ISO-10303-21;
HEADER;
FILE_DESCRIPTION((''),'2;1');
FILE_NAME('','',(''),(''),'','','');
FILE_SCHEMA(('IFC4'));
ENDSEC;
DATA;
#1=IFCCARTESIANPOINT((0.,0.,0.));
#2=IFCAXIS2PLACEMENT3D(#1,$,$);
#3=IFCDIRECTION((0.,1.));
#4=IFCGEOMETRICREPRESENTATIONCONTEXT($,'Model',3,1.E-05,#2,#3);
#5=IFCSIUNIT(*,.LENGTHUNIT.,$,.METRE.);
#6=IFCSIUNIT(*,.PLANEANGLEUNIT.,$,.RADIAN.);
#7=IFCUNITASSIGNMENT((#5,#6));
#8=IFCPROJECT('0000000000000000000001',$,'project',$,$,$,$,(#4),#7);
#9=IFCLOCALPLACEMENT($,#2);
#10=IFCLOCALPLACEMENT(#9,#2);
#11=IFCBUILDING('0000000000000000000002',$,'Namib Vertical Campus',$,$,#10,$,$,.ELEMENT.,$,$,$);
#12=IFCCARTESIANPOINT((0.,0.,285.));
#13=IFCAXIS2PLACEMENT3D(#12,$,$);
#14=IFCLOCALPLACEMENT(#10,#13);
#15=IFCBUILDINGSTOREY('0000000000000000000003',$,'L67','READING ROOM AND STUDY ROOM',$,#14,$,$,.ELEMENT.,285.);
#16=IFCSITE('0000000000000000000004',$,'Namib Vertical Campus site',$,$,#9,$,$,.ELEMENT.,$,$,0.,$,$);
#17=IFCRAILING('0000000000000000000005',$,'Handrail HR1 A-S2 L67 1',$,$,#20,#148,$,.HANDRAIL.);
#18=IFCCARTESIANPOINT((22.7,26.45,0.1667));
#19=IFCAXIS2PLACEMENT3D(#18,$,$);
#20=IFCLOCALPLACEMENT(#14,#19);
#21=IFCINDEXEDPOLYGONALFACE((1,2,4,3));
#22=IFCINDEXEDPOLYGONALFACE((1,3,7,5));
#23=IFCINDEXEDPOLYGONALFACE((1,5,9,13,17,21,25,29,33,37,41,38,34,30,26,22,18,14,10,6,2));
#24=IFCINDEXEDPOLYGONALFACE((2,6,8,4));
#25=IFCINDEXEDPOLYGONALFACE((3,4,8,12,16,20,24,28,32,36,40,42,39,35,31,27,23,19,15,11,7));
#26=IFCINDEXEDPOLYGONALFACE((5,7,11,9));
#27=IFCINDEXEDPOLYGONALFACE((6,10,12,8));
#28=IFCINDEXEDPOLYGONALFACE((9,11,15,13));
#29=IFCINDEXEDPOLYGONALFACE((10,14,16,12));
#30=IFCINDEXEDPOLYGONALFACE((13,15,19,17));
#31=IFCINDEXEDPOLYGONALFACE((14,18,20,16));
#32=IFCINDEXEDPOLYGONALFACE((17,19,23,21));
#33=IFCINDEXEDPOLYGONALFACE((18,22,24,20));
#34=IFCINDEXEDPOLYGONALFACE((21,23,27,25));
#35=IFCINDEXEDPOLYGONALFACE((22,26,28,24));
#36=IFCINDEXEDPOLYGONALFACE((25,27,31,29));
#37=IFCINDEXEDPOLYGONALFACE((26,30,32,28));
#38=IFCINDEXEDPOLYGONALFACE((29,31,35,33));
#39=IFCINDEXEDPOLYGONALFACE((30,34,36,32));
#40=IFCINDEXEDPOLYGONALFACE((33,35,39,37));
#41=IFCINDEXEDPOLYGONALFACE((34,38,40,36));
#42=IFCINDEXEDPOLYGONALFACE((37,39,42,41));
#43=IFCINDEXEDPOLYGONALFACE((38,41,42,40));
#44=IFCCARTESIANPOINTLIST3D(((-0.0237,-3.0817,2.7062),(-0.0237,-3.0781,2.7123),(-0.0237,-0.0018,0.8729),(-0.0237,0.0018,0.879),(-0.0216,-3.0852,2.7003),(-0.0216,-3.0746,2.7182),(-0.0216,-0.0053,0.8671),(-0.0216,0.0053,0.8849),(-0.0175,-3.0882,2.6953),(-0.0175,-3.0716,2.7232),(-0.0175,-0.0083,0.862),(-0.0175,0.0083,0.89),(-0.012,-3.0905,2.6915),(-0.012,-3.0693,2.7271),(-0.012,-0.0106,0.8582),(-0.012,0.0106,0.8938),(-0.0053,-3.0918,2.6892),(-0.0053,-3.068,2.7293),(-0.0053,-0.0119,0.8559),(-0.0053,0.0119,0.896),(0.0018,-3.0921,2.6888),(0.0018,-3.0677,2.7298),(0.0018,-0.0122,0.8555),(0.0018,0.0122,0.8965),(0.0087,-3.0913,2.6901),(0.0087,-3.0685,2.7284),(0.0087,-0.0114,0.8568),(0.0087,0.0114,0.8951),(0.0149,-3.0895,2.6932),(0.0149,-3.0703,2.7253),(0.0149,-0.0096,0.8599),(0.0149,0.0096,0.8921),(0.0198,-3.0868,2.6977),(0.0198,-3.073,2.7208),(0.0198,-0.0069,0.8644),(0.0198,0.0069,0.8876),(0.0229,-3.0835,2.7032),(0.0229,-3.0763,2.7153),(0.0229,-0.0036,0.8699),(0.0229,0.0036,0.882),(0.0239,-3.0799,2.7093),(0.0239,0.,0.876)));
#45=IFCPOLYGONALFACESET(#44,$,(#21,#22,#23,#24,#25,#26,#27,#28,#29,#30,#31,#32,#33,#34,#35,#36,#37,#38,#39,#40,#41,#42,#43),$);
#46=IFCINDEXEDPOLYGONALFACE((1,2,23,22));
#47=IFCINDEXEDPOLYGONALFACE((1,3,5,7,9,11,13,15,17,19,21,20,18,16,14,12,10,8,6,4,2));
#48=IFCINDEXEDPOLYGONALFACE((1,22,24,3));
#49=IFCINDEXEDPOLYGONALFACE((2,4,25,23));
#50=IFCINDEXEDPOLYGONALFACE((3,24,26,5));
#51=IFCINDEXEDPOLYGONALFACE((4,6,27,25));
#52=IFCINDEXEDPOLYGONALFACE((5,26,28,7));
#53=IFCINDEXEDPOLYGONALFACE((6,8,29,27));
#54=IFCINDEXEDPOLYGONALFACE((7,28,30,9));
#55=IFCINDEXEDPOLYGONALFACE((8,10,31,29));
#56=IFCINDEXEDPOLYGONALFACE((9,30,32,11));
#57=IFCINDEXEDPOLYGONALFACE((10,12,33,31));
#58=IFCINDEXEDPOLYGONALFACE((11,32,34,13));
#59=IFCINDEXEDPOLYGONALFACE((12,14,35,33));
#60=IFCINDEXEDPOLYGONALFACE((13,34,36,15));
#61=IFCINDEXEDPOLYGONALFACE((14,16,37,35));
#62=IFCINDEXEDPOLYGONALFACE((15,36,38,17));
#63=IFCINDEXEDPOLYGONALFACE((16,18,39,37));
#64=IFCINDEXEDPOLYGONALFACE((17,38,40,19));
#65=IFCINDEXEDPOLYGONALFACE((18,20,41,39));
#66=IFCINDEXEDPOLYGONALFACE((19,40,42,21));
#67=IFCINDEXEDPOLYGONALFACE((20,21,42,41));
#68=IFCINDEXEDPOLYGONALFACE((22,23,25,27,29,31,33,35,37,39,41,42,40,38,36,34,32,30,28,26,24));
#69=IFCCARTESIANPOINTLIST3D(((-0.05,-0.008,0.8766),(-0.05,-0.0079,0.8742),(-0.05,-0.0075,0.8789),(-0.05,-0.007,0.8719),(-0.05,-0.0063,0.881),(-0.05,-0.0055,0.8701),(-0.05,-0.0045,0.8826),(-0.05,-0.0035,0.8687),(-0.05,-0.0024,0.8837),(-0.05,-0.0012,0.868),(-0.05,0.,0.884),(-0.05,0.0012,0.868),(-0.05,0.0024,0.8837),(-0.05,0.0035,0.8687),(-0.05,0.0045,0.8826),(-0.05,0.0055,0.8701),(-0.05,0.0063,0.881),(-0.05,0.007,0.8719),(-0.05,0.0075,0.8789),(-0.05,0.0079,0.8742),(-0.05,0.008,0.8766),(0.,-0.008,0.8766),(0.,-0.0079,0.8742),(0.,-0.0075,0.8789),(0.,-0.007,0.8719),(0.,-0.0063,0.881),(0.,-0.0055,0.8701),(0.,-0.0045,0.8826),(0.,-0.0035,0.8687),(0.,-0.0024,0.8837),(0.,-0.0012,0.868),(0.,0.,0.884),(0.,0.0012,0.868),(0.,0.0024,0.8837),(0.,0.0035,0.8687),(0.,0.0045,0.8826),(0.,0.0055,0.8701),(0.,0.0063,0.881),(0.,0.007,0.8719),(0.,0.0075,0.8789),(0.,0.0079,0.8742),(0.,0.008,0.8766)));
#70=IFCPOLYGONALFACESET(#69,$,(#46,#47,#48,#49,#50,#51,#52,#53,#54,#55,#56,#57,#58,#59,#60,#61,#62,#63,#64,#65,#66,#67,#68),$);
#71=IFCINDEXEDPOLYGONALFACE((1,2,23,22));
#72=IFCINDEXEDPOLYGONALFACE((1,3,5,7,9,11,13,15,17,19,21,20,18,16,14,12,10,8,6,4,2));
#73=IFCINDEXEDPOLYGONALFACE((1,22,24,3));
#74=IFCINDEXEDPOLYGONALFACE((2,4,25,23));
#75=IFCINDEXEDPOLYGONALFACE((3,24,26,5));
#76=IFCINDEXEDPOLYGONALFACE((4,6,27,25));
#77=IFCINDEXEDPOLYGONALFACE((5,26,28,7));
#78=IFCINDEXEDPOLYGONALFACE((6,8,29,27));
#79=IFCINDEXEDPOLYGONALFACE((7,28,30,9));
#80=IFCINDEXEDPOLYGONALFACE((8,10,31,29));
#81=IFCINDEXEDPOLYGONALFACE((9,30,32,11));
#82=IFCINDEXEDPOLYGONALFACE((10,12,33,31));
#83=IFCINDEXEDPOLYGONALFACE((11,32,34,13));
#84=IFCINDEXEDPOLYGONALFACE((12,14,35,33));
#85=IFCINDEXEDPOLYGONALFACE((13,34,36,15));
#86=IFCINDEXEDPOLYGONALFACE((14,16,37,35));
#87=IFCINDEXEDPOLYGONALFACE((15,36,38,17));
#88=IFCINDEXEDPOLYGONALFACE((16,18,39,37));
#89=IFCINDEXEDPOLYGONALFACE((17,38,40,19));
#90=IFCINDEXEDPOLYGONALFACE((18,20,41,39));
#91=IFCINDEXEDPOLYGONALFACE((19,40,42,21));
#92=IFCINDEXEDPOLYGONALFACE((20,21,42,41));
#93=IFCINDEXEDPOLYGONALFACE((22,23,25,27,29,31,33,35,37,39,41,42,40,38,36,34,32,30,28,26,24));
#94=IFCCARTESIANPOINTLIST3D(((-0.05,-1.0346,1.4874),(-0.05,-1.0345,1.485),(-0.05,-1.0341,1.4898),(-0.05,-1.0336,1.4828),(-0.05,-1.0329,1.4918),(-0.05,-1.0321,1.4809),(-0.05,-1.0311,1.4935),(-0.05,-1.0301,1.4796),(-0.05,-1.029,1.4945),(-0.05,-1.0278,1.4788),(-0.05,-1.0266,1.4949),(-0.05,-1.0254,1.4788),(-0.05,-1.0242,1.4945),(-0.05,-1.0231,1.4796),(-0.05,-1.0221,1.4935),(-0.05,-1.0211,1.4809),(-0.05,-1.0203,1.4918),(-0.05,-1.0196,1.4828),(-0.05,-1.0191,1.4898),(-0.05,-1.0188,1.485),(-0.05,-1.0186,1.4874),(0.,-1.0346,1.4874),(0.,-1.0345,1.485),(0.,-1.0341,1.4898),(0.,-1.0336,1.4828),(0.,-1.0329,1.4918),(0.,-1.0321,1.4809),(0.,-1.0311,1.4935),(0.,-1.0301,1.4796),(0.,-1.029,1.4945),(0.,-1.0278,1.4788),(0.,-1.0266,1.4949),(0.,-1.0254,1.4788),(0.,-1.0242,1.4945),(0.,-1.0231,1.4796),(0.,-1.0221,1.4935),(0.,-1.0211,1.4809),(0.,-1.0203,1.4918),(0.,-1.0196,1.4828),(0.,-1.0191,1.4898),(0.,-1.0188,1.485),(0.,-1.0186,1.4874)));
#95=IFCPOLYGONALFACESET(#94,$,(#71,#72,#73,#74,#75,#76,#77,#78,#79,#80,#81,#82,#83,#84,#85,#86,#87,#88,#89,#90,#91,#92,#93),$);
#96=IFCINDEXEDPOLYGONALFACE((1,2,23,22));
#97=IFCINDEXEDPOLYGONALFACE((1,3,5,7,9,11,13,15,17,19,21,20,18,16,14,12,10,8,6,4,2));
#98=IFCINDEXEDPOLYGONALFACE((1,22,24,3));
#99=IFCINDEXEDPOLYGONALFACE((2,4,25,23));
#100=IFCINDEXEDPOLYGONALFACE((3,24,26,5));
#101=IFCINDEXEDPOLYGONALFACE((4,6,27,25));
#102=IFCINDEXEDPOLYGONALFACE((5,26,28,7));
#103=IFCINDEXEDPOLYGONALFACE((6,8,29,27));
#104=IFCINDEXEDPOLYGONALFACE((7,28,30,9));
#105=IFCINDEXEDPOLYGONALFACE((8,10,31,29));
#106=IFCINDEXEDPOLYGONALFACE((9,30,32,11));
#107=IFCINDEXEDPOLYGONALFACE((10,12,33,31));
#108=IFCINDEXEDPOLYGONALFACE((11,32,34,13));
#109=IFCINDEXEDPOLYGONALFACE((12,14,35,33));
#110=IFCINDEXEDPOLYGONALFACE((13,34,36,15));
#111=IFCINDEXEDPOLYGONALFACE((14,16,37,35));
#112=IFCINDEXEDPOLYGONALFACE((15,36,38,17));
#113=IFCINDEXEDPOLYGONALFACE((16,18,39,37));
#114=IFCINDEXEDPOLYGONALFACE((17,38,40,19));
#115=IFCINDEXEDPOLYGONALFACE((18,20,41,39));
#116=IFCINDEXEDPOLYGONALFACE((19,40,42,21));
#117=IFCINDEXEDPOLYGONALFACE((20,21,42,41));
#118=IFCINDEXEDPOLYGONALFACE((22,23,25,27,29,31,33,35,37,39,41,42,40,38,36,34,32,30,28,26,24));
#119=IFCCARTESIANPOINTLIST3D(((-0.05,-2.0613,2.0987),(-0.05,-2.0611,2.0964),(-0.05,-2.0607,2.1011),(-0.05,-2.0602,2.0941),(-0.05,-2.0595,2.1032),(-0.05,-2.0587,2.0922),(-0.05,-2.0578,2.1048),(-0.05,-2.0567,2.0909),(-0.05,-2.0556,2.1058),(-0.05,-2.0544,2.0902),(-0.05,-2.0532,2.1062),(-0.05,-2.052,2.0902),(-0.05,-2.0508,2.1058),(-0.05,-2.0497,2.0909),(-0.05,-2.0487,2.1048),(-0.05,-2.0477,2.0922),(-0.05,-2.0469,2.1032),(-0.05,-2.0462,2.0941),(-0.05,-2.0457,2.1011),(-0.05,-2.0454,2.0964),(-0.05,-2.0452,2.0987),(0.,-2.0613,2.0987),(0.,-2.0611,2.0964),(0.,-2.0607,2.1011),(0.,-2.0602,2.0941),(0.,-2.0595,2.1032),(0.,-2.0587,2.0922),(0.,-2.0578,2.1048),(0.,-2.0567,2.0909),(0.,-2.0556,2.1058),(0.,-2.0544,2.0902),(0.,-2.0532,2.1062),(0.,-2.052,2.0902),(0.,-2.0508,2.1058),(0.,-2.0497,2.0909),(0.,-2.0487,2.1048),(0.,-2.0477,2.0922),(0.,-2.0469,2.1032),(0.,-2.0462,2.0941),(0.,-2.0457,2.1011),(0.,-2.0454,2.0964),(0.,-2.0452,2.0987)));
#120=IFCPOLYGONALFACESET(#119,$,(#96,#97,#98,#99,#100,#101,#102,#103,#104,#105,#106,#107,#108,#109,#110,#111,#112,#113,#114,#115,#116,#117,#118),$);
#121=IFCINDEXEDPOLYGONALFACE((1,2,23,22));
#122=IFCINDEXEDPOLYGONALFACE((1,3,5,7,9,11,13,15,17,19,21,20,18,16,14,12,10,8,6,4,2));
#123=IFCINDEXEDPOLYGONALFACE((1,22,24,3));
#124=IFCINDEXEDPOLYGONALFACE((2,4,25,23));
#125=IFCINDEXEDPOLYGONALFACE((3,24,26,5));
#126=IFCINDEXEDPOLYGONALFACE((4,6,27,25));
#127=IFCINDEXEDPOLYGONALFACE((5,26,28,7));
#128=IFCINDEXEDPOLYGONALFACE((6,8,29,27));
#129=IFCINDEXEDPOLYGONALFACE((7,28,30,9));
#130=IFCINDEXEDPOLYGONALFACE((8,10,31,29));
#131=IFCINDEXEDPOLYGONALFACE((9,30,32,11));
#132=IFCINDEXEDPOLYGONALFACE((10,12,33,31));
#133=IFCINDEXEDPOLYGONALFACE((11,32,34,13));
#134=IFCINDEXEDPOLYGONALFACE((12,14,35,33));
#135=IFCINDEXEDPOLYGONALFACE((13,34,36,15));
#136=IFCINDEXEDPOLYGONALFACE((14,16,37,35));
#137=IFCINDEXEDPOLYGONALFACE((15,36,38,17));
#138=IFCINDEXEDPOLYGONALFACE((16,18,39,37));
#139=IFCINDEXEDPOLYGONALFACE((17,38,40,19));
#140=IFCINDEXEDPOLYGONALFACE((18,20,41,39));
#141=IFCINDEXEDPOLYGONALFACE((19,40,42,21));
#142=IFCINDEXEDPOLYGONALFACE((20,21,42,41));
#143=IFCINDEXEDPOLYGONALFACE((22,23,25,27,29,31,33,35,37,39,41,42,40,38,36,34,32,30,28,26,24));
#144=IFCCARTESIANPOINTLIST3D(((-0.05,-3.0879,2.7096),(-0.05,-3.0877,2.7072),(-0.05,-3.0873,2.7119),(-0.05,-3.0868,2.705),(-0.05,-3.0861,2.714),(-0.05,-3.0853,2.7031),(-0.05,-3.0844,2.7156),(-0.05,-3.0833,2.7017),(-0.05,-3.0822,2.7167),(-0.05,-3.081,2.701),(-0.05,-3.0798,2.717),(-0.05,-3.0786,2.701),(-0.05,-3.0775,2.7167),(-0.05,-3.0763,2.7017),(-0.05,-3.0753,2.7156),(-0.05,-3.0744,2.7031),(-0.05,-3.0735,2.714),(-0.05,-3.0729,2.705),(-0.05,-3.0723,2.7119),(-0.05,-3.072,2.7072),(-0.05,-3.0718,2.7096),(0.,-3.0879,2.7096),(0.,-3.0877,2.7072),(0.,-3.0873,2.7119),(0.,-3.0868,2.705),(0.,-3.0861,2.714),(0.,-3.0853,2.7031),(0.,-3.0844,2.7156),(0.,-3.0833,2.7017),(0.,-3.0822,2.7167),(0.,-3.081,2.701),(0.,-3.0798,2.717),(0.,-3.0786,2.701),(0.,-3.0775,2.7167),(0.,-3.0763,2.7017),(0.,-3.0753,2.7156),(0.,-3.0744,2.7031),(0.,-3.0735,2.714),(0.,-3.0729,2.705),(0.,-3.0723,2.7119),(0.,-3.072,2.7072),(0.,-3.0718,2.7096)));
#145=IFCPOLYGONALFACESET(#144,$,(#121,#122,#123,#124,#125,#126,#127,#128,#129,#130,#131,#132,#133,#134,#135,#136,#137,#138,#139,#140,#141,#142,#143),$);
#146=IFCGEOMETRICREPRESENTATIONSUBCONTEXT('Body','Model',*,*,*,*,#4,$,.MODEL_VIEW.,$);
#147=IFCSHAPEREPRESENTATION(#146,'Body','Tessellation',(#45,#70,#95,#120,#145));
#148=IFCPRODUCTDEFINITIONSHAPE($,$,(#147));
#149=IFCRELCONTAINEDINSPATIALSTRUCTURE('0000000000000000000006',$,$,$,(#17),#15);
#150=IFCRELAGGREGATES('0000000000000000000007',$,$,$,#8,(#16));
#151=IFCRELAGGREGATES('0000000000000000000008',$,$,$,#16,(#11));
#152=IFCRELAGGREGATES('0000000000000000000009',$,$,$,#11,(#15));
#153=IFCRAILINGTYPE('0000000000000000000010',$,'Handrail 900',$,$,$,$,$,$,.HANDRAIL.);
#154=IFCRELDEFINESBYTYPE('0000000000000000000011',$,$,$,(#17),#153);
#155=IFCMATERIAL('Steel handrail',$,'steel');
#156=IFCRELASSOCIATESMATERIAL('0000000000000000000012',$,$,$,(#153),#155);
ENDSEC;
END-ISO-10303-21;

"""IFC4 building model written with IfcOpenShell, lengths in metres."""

from ifc_helpers import new_model, si_unit, direction, frame, origin, origin_2d, place, context, subcontext, project, spatial, circle, extrude, material, type_object, element, save


model = new_model("IFC4")

# Units and contexts
model_context = context("Model", 3, precision=1e-05, world=origin(), true_north=direction((0.0, 1.0)))
body_context = subcontext(model_context, "Body", "Model", "MODEL_VIEW")
ifc_project = project(units=[si_unit("LENGTHUNIT", "METRE"), si_unit("PLANEANGLEUNIT", "RADIAN")], contexts=[model_context])

# Site, building, storey
site_placement = place(None, origin())
site = spatial("IfcSite", under=ifc_project, at=site_placement, Name="Namib Vertical Campus site", CompositionType="ELEMENT", RefElevation=0.0)
building_placement = place(site_placement, origin())
building = spatial("IfcBuilding", under=site, at=building_placement, Name="Namib Vertical Campus", CompositionType="ELEMENT")
storey_placement = place(building_placement, frame((0.0, 0.0, 285.0)))
storey = spatial("IfcBuildingStorey", under=building, at=storey_placement, Name="L67", Description="READING ROOM AND STUDY ROOM", CompositionType="ELEMENT", Elevation=285.0)

# Railing
ifc_material_1 = material(Name="Steel handrail", Category="steel")
railing_type_1 = type_object("IfcRailingType", Name="Handrail 900", PredefinedType="HANDRAIL", material=ifc_material_1)
railing_1_placement = place(storey_placement, frame((22.7, 26.45, 0.1667)))
element("IfcRailing", 1, at=railing_1_placement, inside=storey, type_object=railing_type_1, Name="Handrail HR1 A-S2 L67 1", PredefinedType="HANDRAIL", context=body_context, shape_type="SweptSolid", body=[
    extrude(circle(Radius=0.0239, at=origin_2d()), frame((0.0, 0.0, 0.876), z_axis=(0.0, -0.859291, 0.511487), x_axis=(1.0, 0.0, 0.0)), (0.0, 0.0, 1.0), 3.5842),
    extrude(circle(Radius=0.0081, at=origin_2d()), frame((0.0, 0.0, 0.876), z_axis=(-1.0, 0.0, 0.0), x_axis=(0.0, 0.0, 1.0)), (0.0, 0.0, 1.0), 0.05),
    extrude(circle(Radius=0.0081, at=origin_2d()), frame((0.0, -1.0266, 1.4868), z_axis=(-1.0, 0.0, 0.0), x_axis=(0.0, 0.0, 1.0)), (0.0, 0.0, 1.0), 0.05),
    extrude(circle(Radius=0.0081, at=origin_2d()), frame((0.0, -2.0532, 2.0981), z_axis=(-1.0, 0.0, 0.0), x_axis=(0.0, 0.0, 1.0)), (0.0, 0.0, 1.0), 0.05),
    extrude(circle(Radius=0.0081, at=origin_2d()), frame((0.0, -3.0798, 2.709), z_axis=(-1.0, 0.0, 0.0), x_axis=(0.0, 0.0, 1.0)), (0.0, 0.0, 1.0), 0.05),
])

save(model, "model.ifc")
